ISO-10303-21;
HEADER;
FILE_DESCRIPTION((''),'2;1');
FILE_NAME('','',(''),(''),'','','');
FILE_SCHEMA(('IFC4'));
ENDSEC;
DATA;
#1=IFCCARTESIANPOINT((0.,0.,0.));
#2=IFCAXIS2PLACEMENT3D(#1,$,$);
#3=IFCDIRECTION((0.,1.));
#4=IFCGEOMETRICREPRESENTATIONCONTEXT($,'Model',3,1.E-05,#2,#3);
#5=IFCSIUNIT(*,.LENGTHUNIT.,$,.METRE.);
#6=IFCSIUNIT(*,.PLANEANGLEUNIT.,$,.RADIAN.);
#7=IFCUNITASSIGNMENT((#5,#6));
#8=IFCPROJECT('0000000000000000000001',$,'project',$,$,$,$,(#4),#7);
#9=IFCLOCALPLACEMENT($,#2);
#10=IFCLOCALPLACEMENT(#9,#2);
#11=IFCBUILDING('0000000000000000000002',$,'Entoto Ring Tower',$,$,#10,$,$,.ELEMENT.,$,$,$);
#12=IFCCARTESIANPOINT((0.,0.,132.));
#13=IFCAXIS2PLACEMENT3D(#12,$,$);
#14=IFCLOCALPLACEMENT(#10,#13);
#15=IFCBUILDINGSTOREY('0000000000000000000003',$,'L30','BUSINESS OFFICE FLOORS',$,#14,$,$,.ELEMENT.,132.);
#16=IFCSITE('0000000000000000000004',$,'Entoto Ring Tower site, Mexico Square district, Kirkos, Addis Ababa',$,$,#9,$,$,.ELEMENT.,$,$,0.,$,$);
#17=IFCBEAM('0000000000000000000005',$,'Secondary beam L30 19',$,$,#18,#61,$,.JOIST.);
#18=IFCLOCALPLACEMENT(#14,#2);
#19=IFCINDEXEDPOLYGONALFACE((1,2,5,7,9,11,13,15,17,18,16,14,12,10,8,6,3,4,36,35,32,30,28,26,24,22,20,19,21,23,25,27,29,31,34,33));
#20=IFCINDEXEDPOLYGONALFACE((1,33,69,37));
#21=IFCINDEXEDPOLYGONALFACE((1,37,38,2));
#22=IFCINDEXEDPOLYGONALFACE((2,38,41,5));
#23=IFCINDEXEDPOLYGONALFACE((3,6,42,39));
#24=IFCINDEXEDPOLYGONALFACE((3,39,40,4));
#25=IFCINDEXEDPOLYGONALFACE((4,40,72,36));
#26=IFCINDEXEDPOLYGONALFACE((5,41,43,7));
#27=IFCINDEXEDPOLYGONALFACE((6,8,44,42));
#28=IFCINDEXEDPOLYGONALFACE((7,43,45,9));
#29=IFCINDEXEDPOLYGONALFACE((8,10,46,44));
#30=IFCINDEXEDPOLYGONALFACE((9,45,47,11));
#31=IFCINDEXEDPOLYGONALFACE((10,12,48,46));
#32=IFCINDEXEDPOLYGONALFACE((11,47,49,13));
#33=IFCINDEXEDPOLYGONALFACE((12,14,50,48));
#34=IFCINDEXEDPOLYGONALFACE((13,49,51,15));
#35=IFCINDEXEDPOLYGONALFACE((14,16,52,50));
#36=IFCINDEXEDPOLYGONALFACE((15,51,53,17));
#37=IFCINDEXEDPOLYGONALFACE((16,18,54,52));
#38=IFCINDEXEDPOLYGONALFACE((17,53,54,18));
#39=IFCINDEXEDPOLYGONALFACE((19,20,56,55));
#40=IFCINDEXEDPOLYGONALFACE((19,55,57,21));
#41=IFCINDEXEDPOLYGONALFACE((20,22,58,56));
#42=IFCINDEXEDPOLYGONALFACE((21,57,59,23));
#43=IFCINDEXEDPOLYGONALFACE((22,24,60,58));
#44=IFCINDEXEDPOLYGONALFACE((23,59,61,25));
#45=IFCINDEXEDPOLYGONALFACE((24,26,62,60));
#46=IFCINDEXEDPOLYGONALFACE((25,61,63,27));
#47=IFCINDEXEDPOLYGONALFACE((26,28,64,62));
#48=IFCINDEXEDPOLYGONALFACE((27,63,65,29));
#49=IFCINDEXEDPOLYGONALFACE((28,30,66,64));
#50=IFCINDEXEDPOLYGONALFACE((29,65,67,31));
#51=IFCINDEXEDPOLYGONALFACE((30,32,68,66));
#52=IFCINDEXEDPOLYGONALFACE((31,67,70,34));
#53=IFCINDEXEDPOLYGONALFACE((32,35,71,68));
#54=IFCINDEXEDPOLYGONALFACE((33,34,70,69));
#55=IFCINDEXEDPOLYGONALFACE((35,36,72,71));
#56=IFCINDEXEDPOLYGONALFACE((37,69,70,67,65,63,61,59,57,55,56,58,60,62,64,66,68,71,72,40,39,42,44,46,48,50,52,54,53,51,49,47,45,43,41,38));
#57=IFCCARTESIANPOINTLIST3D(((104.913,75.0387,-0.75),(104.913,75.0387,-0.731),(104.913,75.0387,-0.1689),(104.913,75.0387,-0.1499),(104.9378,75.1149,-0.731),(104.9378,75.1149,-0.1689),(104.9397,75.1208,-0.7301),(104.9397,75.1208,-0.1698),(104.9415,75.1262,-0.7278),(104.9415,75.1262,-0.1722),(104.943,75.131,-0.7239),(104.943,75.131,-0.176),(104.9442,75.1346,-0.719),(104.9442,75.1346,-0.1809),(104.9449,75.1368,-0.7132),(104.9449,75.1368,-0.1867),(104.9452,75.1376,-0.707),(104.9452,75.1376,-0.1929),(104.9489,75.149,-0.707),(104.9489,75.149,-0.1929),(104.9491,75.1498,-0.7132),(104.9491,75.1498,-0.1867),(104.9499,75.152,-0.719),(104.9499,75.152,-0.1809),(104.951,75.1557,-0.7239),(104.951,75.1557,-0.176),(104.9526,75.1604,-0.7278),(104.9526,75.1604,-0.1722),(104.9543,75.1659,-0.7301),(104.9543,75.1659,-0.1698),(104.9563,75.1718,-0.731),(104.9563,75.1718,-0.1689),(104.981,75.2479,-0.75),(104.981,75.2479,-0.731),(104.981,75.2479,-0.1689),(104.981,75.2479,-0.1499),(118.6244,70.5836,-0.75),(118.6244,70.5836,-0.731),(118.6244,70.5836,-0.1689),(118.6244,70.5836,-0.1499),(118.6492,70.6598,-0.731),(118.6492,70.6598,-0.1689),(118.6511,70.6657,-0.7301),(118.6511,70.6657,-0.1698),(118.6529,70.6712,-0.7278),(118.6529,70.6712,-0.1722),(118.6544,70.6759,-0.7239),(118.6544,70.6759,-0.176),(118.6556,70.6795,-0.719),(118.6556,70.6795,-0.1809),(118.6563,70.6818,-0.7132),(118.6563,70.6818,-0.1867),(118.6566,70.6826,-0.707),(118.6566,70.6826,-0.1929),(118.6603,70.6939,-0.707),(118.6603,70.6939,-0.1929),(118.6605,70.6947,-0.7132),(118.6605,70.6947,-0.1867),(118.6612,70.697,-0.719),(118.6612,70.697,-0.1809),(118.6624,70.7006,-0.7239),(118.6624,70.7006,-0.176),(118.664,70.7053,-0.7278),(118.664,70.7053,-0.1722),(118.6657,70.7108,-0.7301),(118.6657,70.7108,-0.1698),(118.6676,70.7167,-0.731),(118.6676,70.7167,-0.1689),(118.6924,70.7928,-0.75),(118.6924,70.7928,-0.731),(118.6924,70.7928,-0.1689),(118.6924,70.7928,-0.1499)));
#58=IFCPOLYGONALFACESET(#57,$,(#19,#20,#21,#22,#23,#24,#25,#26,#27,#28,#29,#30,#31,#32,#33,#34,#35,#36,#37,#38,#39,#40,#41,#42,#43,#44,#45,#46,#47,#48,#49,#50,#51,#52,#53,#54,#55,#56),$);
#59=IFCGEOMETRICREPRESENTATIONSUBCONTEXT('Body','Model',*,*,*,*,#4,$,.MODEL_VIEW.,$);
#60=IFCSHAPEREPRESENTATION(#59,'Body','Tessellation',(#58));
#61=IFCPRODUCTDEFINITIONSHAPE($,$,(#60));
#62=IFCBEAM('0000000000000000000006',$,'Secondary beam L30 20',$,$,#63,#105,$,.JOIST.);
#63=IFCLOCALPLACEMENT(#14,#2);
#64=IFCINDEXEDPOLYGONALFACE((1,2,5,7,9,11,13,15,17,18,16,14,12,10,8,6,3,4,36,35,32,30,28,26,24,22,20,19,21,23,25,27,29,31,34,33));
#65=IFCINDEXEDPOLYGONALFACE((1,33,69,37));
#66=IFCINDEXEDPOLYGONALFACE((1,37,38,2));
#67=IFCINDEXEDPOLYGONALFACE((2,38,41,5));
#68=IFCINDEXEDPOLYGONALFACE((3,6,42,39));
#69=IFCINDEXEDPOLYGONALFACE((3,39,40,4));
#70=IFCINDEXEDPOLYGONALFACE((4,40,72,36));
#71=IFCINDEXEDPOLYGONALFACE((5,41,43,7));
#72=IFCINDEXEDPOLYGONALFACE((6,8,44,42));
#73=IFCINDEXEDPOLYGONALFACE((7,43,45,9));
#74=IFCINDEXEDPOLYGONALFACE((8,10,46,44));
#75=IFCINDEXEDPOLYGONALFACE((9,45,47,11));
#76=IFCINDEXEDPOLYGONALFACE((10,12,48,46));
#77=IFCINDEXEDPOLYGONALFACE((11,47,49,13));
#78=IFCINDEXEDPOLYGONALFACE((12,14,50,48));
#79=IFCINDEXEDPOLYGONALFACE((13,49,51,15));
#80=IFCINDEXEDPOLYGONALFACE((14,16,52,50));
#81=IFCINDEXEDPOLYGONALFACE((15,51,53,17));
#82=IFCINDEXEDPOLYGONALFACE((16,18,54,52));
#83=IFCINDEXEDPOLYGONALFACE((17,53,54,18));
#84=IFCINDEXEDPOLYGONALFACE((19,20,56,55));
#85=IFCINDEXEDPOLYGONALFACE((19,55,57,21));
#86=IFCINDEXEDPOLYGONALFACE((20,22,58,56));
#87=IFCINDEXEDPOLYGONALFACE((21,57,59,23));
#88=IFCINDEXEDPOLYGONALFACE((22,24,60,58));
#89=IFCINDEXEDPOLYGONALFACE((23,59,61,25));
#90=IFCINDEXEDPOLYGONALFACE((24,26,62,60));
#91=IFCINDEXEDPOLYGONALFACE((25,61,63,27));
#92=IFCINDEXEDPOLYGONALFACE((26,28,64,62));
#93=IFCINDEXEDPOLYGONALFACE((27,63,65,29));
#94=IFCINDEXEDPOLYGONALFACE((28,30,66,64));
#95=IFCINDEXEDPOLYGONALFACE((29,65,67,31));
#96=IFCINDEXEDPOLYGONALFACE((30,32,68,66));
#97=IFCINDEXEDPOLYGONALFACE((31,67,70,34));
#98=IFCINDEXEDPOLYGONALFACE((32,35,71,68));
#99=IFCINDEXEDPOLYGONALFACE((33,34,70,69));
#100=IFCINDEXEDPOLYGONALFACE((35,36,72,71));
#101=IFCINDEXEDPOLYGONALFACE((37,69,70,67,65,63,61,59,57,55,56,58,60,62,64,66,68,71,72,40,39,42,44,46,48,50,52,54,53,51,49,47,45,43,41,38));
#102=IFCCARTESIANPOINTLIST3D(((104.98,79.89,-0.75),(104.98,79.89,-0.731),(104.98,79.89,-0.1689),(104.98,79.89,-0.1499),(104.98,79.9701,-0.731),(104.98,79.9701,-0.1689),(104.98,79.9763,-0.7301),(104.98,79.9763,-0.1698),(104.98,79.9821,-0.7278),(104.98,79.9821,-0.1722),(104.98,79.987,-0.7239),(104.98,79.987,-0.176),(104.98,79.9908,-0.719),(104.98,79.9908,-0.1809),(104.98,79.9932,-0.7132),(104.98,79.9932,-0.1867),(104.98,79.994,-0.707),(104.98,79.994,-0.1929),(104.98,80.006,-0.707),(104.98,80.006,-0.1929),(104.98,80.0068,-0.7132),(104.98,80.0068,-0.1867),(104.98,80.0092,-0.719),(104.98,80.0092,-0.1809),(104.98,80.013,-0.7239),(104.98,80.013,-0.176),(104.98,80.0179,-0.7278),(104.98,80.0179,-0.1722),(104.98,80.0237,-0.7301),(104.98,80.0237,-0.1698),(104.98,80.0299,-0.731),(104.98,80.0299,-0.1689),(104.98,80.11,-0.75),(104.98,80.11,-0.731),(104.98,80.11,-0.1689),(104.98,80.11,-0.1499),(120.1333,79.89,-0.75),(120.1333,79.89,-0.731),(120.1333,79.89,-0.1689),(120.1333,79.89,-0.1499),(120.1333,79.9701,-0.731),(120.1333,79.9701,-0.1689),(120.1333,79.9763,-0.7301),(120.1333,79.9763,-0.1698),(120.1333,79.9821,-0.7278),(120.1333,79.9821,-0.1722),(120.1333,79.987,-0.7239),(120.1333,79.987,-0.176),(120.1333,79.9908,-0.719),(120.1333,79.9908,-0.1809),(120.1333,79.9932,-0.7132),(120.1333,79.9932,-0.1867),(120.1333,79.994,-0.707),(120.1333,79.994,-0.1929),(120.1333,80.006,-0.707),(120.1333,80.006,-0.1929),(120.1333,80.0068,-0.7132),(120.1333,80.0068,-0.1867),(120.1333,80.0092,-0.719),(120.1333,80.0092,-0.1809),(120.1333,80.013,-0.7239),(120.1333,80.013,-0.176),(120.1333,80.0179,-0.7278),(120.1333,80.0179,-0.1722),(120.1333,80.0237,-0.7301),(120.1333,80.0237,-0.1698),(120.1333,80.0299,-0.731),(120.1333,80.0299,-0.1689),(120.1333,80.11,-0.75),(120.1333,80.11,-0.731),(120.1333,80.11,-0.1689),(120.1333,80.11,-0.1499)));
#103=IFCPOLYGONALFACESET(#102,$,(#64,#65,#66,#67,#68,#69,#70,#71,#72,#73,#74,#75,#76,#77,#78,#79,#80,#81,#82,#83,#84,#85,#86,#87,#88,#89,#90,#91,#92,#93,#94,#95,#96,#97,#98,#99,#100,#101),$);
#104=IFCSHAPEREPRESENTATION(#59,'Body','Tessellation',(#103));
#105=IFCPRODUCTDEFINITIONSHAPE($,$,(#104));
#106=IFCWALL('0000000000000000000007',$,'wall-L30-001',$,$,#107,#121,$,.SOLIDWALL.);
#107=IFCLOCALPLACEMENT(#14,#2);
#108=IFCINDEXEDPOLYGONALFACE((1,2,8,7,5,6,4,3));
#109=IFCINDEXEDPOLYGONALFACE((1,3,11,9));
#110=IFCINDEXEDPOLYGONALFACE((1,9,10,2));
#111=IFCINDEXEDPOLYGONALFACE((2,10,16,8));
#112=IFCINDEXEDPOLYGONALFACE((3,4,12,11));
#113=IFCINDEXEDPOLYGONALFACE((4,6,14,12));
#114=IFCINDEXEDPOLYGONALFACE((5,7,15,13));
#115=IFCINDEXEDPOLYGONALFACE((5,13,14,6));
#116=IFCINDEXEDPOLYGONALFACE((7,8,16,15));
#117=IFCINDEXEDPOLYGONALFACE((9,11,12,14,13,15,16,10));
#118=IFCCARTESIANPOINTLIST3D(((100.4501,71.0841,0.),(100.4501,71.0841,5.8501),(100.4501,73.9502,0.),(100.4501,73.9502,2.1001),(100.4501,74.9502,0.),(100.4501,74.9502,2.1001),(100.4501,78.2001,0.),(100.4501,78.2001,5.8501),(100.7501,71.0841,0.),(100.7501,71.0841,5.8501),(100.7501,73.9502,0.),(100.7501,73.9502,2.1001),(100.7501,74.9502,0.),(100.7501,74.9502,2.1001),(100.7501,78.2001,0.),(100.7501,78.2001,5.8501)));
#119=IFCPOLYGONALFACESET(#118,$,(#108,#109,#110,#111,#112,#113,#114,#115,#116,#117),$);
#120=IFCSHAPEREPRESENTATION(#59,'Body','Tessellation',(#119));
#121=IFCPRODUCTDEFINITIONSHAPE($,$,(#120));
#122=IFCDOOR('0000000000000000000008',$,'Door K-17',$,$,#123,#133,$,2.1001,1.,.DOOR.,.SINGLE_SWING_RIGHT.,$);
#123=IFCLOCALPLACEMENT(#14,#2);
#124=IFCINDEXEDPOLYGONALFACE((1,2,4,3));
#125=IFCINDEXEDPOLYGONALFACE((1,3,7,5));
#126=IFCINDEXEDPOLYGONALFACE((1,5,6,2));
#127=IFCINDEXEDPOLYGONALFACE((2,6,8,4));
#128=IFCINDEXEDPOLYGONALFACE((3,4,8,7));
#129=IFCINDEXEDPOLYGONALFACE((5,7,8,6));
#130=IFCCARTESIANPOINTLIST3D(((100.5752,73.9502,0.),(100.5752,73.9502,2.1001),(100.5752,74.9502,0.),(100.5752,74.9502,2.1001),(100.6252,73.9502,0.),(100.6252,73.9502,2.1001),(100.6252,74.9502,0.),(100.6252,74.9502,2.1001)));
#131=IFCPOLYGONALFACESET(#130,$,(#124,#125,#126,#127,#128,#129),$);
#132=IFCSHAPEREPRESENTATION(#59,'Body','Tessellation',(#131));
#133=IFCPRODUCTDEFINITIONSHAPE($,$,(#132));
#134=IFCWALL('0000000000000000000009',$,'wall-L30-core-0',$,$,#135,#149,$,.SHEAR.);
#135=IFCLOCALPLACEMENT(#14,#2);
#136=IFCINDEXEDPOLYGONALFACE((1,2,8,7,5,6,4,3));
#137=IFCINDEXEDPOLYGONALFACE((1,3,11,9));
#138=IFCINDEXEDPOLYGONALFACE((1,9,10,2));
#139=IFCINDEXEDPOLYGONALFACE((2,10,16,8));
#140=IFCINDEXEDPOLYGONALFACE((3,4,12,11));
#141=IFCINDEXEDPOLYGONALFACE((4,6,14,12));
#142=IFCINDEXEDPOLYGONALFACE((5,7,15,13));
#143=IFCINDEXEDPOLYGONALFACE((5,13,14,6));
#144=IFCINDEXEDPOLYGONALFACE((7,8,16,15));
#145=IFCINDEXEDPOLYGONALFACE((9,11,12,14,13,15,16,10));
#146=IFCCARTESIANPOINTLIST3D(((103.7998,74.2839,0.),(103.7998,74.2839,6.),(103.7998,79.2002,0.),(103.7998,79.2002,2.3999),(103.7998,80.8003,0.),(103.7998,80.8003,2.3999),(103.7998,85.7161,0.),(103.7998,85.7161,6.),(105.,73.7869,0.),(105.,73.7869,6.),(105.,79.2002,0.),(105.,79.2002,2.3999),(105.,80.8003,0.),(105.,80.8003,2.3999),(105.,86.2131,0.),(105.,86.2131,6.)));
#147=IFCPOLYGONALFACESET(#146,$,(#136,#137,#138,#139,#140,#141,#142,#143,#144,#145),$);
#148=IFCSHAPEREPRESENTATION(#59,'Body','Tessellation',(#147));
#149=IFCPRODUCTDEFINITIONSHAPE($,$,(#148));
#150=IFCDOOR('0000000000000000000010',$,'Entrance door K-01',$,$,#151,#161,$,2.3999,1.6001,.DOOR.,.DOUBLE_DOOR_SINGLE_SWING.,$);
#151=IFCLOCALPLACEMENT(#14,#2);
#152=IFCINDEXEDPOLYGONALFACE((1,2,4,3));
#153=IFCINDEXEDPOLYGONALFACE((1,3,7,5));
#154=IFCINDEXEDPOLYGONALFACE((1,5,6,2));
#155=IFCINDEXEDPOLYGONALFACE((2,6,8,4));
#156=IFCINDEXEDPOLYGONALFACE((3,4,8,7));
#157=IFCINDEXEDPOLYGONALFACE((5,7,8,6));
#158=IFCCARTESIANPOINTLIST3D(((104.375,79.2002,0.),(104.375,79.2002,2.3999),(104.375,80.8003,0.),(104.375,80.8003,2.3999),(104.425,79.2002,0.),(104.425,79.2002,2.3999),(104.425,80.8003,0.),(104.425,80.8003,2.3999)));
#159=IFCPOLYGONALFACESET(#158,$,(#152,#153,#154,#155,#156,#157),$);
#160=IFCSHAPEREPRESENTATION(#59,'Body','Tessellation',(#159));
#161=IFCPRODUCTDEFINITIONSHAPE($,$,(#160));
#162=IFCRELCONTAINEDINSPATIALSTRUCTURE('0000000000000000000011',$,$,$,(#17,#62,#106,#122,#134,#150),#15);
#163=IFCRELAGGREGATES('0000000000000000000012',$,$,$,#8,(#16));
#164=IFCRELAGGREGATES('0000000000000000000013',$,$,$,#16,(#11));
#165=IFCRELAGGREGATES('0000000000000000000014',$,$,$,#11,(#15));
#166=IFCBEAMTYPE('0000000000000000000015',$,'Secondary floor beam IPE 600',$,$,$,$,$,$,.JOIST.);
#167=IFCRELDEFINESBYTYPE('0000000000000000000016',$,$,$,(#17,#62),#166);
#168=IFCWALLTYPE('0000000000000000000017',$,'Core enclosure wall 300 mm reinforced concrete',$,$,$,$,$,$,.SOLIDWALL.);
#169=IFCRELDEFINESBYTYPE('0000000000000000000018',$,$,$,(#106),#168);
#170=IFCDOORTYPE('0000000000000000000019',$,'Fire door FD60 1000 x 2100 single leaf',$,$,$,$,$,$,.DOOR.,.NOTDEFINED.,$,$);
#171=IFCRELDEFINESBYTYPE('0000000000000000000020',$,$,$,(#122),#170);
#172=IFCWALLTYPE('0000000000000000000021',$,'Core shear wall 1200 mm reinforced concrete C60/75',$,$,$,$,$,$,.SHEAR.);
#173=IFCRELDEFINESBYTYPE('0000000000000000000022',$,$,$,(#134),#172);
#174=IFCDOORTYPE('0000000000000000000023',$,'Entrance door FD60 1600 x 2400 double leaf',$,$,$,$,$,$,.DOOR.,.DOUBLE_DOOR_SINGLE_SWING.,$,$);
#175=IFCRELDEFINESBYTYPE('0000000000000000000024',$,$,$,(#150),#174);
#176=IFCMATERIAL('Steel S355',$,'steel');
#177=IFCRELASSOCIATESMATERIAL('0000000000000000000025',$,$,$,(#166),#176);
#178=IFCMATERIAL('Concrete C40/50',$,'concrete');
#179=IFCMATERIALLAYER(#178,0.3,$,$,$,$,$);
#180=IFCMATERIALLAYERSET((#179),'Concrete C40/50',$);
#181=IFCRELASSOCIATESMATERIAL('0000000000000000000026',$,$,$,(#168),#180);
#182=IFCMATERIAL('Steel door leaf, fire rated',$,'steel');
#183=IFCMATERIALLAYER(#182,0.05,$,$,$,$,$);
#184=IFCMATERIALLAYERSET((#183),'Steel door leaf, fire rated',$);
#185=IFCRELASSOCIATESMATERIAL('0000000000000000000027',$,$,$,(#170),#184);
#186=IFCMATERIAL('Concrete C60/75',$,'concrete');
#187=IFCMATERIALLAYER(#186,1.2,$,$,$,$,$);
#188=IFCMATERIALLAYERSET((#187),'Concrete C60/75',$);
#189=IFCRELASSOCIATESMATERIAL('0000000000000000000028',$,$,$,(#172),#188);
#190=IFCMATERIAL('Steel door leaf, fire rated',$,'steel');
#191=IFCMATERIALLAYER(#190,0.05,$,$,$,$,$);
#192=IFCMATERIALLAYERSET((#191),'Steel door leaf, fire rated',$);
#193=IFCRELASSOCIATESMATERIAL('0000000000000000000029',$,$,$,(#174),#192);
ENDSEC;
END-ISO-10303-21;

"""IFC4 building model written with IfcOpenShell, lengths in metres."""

from ifc_helpers import new_model, si_unit, direction, frame, frame_2d, origin, origin_2d, place, context, subcontext, project, spatial, polyline, rectangle, i_section, outline, extrude, material, layer, layer_set, material_profile, profile_set, type_object, element, fill, save


model = new_model("IFC4")

# Units and contexts
model_context = context("Model", 3, precision=1e-05, world=origin(), true_north=direction((0.0, 1.0)))
body_context = subcontext(model_context, "Body", "Model", "MODEL_VIEW")
ifc_project = project(units=[si_unit("LENGTHUNIT", "METRE"), si_unit("PLANEANGLEUNIT", "RADIAN")], contexts=[model_context])

# Site, building, storey
site_placement = place(None, origin())
site = spatial("IfcSite", under=ifc_project, at=site_placement, Name="Entoto Ring Tower site, Mexico Square district, Kirkos, Addis Ababa", CompositionType="ELEMENT", RefElevation=0.0)
building_placement = place(site_placement, origin())
building = spatial("IfcBuilding", under=site, at=building_placement, Name="Entoto Ring Tower", CompositionType="ELEMENT")
storey_placement = place(building_placement, frame((0.0, 0.0, 132.0)))
storey = spatial("IfcBuildingStorey", under=building, at=storey_placement, Name="L30", Description="BUSINESS OFFICE FLOORS", CompositionType="ELEMENT", Elevation=132.0)

# Beams
ifc_material_1 = material(Name="Steel S355", Category="steel")
ifc_material_profile_1 = material_profile(ifc_material_1, i_section(OverallWidth=0.22, OverallDepth=0.6001, WebThickness=0.012, FlangeThickness=0.019, FilletRadius=0.0239, at=origin_2d()), Name="IPE 600")
ifc_profile_set_1 = profile_set([ifc_material_profile_1], Name="Steel S355")
beam_type_1 = type_object("IfcBeamType", Name="Secondary floor beam IPE 600", PredefinedType="JOIST", material=ifc_profile_set_1)
beam_1_placement = place(storey_placement, frame((104.947, 75.1433, -0.45), z_axis=(0.951057, -0.309015, 0.0), x_axis=(0.309015, 0.951057, 0.0)))
element("IfcBeam", 1, at=beam_1_placement, inside=storey, type_object=beam_type_1, Name="Secondary beam L30 19", PredefinedType="JOIST", context=body_context, shape_type="SweptSolid", body=[
    extrude(i_section(OverallWidth=0.22, OverallDepth=0.6001, WebThickness=0.012, FlangeThickness=0.019, FilletRadius=0.0239, at=origin_2d()), origin(), (0.0, 0.0, 1.0), 14.417),
])
beam_2_placement = place(storey_placement, frame((104.98, 80.0, -0.45), z_axis=(1.0, 0.0, 0.0), x_axis=(0.0, 1.0, 0.0)))
element("IfcBeam", 2, at=beam_2_placement, inside=storey, type_object=beam_type_1, Name="Secondary beam L30 20", PredefinedType="JOIST", context=body_context, shape_type="SweptSolid", body=[
    extrude(i_section(OverallWidth=0.22, OverallDepth=0.6001, WebThickness=0.012, FlangeThickness=0.019, FilletRadius=0.0239, at=origin_2d()), origin(), (0.0, 0.0, 1.0), 15.1533),
])

# Walls, openings, doors
ifc_material_2 = material(Name="Concrete C40/50", Category="concrete")
ifc_layer_1 = layer(ifc_material_2, 0.3)
ifc_layer_set_1 = layer_set([ifc_layer_1], Name="Concrete C40/50")
wall_type_1 = type_object("IfcWallType", Name="Core enclosure wall 300 mm reinforced concrete", PredefinedType="SOLIDWALL", material=ifc_layer_set_1)
wall_1_placement = place(storey_placement, frame((100.6001, 71.084, 0.0), z_axis=(0.0, 0.0, 1.0), x_axis=(0.0, 1.0, 0.0)))
wall_1 = element("IfcWall", 3, at=wall_1_placement, inside=storey, type_object=wall_type_1, Name="wall-L30-001", PredefinedType="SOLIDWALL", context=body_context, shape_type="SweptSolid", body=[
    extrude(rectangle(XDim=7.116, YDim=0.3, at=frame_2d((3.5581, 0.0))), origin(), (0.0, 0.0, 1.0), 5.8501),
])
opening_1_placement = place(wall_1_placement, frame((2.8662, 0.0, 0.0)))
opening_1 = element("IfcOpeningElement", 4, at=opening_1_placement, cuts=wall_1, PredefinedType="OPENING", context=body_context, shape_type="SweptSolid", body=[
    extrude(rectangle(XDim=1.0, YDim=2.1001, at=frame_2d((0.5, 1.05))), frame((0.0, 0.1602, 0.0), z_axis=(0.0, -1.0, 0.0), x_axis=(1.0, 0.0, 0.0)), (0.0, 0.0, 1.0), 0.3201),
])
ifc_material_3 = material(Name="Steel door leaf, fire rated", Category="steel")
ifc_layer_2 = layer(ifc_material_3, 0.05)
ifc_layer_set_2 = layer_set([ifc_layer_2], Name="Steel door leaf, fire rated")
door_type_1 = type_object("IfcDoorType", Name="Fire door FD60 1000 x 2100 single leaf", OperationType="NOTDEFINED", PredefinedType="DOOR", material=ifc_layer_set_2)
door_1_placement = place(opening_1_placement, origin())
door_1 = element("IfcDoor", 5, at=door_1_placement, inside=storey, type_object=door_type_1, Name="Door K-17", OperationType="SINGLE_SWING_RIGHT", OverallHeight=2.1001, OverallWidth=1.0, PredefinedType="DOOR", context=body_context, shape_type="SweptSolid", body=[
    extrude(rectangle(XDim=1.0, YDim=2.1001, at=frame_2d((0.5, 1.05))), frame((0.0, 0.0249, 0.0), z_axis=(0.0, -1.0, 0.0), x_axis=(1.0, 0.0, 0.0)), (0.0, 0.0, 1.0), 0.05),
])
fill(opening_1, door_1)
ifc_material_4 = material(Name="Concrete C60/75", Category="concrete")
ifc_layer_3 = layer(ifc_material_4, 1.2)
ifc_layer_set_3 = layer_set([ifc_layer_3], Name="Concrete C60/75")
wall_type_2 = type_object("IfcWallType", Name="Core shear wall 1200 mm reinforced concrete C60/75", PredefinedType="SHEAR", material=ifc_layer_set_3)
wall_2_placement = place(storey_placement, frame((104.3999, 74.0354, 0.0), z_axis=(0.0, 0.0, 1.0), x_axis=(0.0, 1.0, 0.0)))
wall_2 = element("IfcWall", 6, at=wall_2_placement, inside=storey, type_object=wall_type_2, Name="wall-L30-core-0", PredefinedType="SHEAR", context=body_context, shape_type="SweptSolid", body=[
    extrude(outline(polyline([(-0.2485, -0.6001), (12.1777, -0.6001), (11.6807, 0.6001), (0.2485, 0.6001), (-0.2485, -0.6001)])), origin(), (0.0, 0.0, 1.0), 6.0),
])
opening_2_placement = place(wall_2_placement, frame((5.1648, 0.0, 0.0)))
opening_2 = element("IfcOpeningElement", 7, at=opening_2_placement, cuts=wall_2, PredefinedType="OPENING", context=body_context, shape_type="SweptSolid", body=[
    extrude(rectangle(XDim=1.6001, YDim=2.3999, at=frame_2d((0.8, 1.2))), frame((0.0, 0.6099, 0.0), z_axis=(0.0, -1.0, 0.0), x_axis=(1.0, 0.0, 0.0)), (0.0, 0.0, 1.0), 1.22),
])
ifc_material_5 = material(Name="Steel door leaf, fire rated", Category="steel")
ifc_layer_4 = layer(ifc_material_5, 0.05)
ifc_layer_set_4 = layer_set([ifc_layer_4], Name="Steel door leaf, fire rated")
door_type_2 = type_object("IfcDoorType", Name="Entrance door FD60 1600 x 2400 double leaf", OperationType="DOUBLE_DOOR_SINGLE_SWING", PredefinedType="DOOR", material=ifc_layer_set_4)
door_2_placement = place(opening_2_placement, origin())
door_2 = element("IfcDoor", 8, at=door_2_placement, inside=storey, type_object=door_type_2, Name="Entrance door K-01", OperationType="DOUBLE_DOOR_SINGLE_SWING", OverallHeight=2.3999, OverallWidth=1.6001, PredefinedType="DOOR", context=body_context, shape_type="SweptSolid", body=[
    extrude(rectangle(XDim=1.6001, YDim=2.3999, at=frame_2d((0.8, 1.2))), frame((0.0, 0.0249, 0.0), z_axis=(0.0, -1.0, 0.0), x_axis=(1.0, 0.0, 0.0)), (0.0, 0.0, 1.0), 0.05),
])
fill(opening_2, door_2)

save(model, "model.ifc")
